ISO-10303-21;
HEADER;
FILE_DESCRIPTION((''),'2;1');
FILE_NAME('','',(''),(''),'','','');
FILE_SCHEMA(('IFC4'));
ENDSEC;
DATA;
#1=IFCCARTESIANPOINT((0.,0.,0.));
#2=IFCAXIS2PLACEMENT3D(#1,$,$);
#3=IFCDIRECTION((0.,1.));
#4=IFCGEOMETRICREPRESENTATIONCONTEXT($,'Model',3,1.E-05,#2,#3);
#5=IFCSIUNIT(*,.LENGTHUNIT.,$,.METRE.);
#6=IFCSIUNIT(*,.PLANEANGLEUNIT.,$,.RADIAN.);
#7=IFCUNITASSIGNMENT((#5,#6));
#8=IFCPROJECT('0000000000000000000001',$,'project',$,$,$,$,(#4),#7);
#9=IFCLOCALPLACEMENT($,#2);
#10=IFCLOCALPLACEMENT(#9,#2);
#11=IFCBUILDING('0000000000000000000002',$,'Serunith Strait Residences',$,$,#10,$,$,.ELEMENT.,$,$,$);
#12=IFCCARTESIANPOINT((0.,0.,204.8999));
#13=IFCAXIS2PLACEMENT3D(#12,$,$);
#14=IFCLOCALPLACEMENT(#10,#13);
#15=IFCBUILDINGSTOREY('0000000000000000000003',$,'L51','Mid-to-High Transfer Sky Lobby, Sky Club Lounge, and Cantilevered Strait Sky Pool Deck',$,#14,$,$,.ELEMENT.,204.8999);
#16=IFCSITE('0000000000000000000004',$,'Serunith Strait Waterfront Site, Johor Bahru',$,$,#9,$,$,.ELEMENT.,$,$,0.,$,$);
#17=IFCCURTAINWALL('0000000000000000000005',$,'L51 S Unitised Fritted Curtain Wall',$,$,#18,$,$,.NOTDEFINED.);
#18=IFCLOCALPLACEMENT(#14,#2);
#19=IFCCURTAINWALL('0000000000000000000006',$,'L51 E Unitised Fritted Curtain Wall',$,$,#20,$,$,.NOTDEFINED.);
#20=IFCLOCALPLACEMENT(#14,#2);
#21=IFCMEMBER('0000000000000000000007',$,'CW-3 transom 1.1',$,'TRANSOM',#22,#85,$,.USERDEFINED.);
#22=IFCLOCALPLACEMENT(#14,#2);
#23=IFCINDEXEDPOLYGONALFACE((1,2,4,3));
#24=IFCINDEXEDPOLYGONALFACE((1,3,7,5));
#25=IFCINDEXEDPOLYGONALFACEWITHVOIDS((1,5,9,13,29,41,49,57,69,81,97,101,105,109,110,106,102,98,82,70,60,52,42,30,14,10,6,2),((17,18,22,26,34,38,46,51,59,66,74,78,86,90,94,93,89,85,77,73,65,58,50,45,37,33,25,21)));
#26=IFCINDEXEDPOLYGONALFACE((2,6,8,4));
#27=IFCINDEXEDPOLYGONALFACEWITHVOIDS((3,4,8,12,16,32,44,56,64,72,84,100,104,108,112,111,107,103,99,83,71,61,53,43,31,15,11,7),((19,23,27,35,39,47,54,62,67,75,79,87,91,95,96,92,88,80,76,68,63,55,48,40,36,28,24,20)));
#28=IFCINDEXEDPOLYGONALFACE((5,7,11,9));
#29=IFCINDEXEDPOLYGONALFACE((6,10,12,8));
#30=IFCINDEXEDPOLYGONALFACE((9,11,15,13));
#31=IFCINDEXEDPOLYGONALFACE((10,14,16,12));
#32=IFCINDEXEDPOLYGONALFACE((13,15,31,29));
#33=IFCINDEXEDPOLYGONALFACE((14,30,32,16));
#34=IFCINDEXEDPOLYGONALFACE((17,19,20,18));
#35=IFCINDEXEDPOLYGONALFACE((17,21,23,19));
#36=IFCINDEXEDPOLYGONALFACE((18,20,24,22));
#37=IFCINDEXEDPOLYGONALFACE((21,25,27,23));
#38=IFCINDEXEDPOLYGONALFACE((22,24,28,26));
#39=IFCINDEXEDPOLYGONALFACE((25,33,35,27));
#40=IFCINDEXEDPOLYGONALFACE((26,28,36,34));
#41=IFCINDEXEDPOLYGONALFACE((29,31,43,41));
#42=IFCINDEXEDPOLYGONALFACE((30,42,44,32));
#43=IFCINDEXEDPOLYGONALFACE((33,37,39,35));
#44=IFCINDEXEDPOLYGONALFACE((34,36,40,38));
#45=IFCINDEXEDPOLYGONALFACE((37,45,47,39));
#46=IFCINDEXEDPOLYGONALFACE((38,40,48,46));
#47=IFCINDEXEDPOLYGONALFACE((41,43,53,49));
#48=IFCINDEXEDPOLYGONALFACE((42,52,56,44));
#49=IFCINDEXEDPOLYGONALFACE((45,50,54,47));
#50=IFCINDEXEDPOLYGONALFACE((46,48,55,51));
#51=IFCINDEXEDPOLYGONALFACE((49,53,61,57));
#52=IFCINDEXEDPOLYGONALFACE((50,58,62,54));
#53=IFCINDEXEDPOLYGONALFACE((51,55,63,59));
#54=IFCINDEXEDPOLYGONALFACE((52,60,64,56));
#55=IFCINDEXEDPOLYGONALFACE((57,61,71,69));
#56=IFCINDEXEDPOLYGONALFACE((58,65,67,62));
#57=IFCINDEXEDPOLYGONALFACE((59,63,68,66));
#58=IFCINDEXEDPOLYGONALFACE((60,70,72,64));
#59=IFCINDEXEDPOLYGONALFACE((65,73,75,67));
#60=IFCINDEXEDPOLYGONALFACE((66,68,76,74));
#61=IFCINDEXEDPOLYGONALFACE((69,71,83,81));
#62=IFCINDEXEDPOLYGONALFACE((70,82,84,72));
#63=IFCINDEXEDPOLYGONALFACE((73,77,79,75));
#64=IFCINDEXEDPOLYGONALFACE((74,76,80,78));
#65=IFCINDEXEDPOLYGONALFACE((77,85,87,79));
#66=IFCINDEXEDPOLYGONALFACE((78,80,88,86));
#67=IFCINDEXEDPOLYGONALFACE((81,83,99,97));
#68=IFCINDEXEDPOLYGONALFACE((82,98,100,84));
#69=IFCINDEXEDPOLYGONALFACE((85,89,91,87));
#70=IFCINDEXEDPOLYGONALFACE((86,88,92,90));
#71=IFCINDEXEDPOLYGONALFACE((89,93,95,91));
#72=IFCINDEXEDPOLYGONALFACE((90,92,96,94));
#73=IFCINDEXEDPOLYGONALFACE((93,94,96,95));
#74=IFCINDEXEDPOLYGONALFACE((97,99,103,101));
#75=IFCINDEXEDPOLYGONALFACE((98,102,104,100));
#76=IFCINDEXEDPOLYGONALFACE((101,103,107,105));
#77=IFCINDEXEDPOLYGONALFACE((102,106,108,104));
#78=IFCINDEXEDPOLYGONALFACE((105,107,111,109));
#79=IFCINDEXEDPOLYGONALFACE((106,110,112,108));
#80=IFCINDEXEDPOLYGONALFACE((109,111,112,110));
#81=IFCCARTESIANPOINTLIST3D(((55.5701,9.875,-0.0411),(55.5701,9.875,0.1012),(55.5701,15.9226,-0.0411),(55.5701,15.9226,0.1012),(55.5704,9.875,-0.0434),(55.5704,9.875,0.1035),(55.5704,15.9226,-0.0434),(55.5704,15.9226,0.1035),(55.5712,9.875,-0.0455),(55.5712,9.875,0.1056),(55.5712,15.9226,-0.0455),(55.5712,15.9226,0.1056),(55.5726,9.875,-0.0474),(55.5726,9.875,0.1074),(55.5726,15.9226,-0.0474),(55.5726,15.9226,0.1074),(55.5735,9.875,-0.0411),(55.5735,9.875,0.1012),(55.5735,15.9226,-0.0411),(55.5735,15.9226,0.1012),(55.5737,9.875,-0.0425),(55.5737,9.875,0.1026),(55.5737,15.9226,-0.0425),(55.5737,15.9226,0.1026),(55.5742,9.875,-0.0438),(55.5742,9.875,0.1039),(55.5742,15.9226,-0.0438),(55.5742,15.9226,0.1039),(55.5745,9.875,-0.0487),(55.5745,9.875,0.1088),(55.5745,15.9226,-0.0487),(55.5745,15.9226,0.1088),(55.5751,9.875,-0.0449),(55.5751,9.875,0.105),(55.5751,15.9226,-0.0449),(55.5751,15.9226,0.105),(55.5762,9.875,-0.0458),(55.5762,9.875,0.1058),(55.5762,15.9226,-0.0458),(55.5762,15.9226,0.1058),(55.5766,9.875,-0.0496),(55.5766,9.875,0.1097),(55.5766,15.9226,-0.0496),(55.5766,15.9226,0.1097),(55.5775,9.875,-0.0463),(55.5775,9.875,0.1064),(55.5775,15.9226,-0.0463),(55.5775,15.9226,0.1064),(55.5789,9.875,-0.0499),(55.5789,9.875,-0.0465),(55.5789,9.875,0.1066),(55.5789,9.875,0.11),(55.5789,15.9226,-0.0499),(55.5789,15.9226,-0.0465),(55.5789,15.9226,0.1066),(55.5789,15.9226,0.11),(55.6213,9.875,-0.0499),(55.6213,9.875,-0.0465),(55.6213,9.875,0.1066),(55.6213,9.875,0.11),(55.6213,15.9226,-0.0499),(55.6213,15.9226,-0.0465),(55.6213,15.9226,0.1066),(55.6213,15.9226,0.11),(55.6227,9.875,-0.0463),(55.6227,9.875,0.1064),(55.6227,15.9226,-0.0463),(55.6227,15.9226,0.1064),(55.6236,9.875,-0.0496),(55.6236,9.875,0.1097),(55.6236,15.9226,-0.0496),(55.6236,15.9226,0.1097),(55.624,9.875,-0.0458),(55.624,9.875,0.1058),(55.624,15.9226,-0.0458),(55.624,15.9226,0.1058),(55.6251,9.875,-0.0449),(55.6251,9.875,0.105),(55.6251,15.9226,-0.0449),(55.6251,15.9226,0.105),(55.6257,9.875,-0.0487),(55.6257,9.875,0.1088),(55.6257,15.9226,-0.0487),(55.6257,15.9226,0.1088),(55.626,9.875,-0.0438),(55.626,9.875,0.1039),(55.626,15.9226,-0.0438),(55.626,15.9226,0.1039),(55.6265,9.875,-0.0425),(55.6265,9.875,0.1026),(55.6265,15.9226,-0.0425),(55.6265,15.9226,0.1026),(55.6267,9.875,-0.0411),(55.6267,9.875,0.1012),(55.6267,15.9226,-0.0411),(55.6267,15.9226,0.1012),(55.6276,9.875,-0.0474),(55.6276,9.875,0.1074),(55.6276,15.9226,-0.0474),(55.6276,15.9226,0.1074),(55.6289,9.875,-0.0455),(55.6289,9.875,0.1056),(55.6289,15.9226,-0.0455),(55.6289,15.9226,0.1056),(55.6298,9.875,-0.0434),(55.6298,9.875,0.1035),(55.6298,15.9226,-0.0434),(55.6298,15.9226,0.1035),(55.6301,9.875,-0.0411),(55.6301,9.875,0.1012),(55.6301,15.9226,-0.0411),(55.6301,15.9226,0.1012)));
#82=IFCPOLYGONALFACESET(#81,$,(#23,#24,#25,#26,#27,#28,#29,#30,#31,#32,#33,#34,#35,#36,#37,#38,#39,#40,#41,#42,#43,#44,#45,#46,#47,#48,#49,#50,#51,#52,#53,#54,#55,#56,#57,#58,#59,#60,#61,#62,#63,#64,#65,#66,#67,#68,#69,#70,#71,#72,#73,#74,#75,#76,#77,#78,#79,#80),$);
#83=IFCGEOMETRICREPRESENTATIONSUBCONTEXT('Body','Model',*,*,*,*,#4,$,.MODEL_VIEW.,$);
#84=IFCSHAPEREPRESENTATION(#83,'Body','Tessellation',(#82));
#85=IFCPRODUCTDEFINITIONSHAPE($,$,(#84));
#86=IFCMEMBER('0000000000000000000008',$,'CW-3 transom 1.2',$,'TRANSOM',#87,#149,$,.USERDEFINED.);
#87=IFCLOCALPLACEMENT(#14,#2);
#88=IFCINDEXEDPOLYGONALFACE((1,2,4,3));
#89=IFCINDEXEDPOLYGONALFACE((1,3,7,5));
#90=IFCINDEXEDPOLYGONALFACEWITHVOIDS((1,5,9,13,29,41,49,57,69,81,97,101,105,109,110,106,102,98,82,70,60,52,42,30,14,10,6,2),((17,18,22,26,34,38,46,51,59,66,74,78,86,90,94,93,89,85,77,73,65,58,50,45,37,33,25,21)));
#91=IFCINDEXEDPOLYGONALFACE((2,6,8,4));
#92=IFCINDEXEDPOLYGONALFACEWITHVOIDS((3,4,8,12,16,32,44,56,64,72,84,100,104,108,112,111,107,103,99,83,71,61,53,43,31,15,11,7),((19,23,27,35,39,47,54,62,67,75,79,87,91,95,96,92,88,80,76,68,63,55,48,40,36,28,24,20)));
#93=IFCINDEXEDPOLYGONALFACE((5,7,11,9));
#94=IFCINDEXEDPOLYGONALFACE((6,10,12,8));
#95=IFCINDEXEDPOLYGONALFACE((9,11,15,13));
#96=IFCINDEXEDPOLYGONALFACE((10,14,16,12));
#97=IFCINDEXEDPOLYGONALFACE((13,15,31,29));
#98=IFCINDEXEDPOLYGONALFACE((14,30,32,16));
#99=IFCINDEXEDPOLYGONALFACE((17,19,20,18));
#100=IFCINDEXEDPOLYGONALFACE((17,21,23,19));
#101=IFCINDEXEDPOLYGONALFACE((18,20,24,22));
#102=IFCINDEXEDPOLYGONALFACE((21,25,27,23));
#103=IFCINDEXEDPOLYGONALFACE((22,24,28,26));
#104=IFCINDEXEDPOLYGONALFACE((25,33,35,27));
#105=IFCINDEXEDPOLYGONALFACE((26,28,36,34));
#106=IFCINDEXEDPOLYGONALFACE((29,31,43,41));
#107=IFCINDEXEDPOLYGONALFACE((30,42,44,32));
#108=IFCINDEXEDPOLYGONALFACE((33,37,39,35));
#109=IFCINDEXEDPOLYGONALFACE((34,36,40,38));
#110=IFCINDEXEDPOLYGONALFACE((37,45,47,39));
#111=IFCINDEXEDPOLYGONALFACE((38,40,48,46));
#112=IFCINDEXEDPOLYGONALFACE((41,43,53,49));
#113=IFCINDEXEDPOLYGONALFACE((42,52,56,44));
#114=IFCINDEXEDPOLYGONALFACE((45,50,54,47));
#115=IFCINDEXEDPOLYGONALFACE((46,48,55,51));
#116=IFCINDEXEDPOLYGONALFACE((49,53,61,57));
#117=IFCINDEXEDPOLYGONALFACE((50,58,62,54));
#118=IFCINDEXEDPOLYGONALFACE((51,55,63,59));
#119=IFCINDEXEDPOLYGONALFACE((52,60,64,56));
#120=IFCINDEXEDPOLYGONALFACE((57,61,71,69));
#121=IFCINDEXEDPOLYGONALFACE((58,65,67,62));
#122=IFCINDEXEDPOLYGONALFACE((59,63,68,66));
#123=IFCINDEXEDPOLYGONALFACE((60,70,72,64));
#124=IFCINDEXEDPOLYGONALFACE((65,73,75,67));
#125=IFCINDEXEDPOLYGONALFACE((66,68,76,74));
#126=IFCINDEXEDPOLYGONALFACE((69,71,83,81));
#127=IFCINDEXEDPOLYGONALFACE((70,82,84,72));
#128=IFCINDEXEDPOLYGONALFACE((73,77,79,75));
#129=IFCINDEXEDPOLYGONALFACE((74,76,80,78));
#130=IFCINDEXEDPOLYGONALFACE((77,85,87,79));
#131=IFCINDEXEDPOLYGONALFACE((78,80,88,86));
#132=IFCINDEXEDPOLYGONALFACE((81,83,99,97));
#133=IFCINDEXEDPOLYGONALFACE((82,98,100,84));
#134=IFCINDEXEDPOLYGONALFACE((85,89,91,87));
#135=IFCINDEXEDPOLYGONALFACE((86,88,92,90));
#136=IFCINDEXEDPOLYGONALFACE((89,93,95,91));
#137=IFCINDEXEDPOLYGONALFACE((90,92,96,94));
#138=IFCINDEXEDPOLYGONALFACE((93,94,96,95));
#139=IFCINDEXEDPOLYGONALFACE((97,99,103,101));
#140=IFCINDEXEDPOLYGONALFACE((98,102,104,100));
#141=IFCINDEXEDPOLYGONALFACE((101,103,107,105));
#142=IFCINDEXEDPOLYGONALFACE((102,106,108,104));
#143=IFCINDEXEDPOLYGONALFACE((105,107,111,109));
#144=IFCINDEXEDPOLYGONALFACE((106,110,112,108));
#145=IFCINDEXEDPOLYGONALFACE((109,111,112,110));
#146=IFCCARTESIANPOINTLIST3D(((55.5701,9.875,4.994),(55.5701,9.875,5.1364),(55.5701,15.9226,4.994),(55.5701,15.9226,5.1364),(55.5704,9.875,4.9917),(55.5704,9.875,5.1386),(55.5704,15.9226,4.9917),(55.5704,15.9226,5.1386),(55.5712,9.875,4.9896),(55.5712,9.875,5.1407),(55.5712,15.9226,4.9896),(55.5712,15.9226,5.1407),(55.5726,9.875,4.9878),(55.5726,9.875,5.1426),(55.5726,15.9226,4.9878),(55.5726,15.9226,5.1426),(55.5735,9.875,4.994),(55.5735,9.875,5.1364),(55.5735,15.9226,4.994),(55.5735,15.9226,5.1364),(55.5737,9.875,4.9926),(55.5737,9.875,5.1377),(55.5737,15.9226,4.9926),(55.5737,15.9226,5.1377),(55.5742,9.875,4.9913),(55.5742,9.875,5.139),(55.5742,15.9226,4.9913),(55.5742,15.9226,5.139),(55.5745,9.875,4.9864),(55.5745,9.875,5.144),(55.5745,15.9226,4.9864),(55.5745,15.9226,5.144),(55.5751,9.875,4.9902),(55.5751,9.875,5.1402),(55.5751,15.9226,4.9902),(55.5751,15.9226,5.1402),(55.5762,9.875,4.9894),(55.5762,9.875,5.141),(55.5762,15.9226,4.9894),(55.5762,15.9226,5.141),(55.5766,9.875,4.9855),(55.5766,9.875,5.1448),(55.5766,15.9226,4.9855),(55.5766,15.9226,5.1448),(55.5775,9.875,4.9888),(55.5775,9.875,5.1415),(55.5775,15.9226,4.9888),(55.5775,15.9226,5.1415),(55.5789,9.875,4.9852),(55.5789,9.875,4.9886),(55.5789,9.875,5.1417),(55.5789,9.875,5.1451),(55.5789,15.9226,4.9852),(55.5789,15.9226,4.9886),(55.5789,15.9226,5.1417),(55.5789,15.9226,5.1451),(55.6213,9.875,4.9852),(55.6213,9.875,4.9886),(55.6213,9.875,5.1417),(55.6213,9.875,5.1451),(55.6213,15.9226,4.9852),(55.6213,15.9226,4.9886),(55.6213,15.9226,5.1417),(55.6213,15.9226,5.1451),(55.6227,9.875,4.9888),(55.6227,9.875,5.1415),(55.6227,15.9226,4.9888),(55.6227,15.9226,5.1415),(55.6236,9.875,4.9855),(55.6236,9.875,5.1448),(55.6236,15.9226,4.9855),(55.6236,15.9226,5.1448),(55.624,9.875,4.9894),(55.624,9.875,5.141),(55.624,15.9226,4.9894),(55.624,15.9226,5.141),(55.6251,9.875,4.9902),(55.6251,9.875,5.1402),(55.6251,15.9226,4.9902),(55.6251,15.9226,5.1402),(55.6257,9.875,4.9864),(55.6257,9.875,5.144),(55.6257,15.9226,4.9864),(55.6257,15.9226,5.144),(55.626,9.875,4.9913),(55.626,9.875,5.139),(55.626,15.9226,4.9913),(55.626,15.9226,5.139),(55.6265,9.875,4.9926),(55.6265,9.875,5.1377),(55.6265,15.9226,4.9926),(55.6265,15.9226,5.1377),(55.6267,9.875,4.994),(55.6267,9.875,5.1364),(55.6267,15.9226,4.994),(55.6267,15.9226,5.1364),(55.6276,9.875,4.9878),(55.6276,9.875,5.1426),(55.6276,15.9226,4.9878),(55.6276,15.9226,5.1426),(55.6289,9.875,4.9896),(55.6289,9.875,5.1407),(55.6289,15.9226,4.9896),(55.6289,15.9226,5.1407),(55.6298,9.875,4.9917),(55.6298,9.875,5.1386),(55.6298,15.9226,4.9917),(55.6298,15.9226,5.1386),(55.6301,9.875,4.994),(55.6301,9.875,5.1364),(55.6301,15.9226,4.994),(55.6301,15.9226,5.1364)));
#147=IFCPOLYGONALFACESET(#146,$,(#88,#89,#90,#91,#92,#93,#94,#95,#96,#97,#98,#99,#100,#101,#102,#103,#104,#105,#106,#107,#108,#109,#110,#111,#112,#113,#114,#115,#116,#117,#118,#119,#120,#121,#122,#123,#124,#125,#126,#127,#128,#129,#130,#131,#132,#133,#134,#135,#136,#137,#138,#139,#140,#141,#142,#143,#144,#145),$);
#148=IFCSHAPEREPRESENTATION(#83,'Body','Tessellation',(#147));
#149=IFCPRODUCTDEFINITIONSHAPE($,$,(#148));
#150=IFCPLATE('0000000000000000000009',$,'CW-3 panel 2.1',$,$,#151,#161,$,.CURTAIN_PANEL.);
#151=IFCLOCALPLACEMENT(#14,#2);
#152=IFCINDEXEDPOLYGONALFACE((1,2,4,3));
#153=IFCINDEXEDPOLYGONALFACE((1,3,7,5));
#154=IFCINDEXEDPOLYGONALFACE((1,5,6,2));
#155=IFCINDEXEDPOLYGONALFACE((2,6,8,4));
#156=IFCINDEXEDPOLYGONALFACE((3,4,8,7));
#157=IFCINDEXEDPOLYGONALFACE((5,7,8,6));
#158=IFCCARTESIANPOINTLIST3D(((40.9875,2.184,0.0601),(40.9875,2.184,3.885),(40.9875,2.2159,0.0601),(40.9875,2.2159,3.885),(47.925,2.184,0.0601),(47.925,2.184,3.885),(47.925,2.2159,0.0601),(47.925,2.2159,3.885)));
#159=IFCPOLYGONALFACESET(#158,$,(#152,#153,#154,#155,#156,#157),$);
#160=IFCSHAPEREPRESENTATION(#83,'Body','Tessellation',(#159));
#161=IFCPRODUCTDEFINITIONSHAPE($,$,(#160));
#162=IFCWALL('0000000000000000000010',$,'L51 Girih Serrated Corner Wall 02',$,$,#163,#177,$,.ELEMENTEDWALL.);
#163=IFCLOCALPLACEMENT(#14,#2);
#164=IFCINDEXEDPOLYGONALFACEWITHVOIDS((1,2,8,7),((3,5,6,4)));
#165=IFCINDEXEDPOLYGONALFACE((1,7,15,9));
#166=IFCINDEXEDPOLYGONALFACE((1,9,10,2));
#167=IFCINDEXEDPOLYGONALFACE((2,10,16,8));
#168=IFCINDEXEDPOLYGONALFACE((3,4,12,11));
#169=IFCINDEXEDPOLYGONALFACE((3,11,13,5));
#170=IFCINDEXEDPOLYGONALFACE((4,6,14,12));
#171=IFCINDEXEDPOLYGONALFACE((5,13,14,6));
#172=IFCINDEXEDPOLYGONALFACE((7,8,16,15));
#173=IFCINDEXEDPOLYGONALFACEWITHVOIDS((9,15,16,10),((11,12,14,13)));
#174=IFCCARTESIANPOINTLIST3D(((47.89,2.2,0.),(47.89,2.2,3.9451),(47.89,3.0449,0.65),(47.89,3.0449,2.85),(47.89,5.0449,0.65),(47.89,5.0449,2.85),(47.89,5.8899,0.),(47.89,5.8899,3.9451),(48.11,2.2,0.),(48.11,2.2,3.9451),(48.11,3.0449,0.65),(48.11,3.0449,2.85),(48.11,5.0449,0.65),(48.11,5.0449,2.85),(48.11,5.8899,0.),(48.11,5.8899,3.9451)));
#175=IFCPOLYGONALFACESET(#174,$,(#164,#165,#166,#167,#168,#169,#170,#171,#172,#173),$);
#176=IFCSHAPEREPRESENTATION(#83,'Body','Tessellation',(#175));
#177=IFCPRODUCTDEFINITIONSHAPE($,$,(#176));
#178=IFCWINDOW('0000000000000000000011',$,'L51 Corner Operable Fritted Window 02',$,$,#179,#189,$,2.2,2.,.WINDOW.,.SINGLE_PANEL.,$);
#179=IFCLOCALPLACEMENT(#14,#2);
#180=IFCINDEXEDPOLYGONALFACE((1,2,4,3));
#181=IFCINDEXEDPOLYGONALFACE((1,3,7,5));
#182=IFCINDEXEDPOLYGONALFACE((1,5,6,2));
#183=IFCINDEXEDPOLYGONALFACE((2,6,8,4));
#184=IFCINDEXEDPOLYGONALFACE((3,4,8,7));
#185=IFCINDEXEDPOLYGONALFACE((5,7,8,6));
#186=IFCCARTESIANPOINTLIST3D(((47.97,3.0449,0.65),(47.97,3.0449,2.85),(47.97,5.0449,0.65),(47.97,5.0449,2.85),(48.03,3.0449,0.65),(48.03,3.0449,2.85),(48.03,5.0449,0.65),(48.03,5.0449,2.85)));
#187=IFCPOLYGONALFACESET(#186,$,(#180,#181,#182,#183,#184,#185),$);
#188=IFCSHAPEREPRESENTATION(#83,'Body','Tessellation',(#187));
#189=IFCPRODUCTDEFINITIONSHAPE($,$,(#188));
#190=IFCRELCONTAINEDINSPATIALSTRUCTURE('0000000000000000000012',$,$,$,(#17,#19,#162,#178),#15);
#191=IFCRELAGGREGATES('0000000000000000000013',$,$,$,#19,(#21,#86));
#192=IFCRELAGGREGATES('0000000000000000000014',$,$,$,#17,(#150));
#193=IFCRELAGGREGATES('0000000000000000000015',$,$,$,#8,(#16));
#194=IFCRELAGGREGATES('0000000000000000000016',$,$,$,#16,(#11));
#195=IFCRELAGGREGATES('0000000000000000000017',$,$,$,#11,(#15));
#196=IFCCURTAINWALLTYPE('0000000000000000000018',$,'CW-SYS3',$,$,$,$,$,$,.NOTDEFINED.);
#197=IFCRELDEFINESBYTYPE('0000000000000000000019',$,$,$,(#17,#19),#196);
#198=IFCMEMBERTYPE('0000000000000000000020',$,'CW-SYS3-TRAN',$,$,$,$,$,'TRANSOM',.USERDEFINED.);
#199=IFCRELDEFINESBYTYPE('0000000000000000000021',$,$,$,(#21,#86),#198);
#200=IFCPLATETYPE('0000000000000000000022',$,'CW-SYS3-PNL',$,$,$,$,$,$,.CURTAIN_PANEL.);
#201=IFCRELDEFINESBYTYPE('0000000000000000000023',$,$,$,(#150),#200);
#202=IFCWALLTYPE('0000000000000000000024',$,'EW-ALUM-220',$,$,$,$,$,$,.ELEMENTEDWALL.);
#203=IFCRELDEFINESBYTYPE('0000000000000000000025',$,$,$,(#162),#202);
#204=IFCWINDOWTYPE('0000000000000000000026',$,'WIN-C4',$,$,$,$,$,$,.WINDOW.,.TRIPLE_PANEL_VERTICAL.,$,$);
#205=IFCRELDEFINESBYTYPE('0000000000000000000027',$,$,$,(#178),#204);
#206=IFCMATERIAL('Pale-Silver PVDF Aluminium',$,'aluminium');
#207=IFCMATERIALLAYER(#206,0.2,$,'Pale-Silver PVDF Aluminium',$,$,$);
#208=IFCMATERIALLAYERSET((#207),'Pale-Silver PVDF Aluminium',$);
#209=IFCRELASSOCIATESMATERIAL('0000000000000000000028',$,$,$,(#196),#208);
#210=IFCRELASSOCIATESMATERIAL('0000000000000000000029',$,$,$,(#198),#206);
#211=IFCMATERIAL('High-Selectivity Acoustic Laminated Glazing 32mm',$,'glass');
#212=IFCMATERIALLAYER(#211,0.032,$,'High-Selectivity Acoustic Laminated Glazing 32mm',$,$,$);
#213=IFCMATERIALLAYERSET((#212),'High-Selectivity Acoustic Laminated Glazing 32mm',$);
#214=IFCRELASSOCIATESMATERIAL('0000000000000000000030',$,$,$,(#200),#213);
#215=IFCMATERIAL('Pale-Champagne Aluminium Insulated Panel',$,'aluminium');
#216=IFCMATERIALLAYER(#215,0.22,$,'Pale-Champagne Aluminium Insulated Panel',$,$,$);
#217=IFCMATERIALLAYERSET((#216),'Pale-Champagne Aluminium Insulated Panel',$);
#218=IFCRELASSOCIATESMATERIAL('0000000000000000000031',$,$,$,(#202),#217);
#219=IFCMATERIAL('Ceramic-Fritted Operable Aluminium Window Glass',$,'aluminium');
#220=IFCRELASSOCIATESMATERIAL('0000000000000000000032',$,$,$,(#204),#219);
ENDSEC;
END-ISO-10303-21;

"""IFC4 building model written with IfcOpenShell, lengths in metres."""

from ifc_helpers import new_model, si_unit, direction, frame, frame_2d, origin, origin_2d, place, context, subcontext, project, spatial, rectangle, hollow_rectangle, extrude, source, transform, mapped, material, layer, layer_set, material_profile, profile_set, type_object, element, fill, aggregate, save


model = new_model("IFC4")

# Units and contexts
model_context = context("Model", 3, precision=1e-05, world=origin(), true_north=direction((0.0, 1.0)))
body_context = subcontext(model_context, "Body", "Model", "MODEL_VIEW")
ifc_project = project(units=[si_unit("LENGTHUNIT", "METRE"), si_unit("PLANEANGLEUNIT", "RADIAN")], contexts=[model_context])

# Site, building, storey
site_placement = place(None, origin())
site = spatial("IfcSite", under=ifc_project, at=site_placement, Name="Serunith Strait Waterfront Site, Johor Bahru", CompositionType="ELEMENT", RefElevation=0.0)
building_placement = place(site_placement, origin())
building = spatial("IfcBuilding", under=site, at=building_placement, Name="Serunith Strait Residences", CompositionType="ELEMENT")
storey_placement = place(building_placement, frame((0.0, 0.0, 204.8999)))
storey = spatial("IfcBuildingStorey", under=building, at=storey_placement, Name="L51", Description="Mid-to-High Transfer Sky Lobby, Sky Club Lounge, and Cantilevered Strait Sky Pool Deck", CompositionType="ELEMENT", Elevation=204.8999)

# Curtain wall
ifc_material_1 = material(Name="Pale-Silver PVDF Aluminium", Category="aluminium")
ifc_layer_1 = layer(ifc_material_1, 0.2, Name="Pale-Silver PVDF Aluminium")
ifc_layer_set_1 = layer_set([ifc_layer_1], Name="Pale-Silver PVDF Aluminium")
curtain_wall_type = type_object("IfcCurtainWallType", Name="CW-SYS3", PredefinedType="NOTDEFINED", material=ifc_layer_set_1)
curtain_wall_1_placement = place(storey_placement, origin())
curtain_wall_1 = element("IfcCurtainWall", 1, at=curtain_wall_1_placement, inside=storey, type_object=curtain_wall_type, Name="L51 S Unitised Fritted Curtain Wall", PredefinedType="NOTDEFINED")

# Curtain wall, members
curtain_wall_2_placement = place(storey_placement, origin())
curtain_wall_2 = element("IfcCurtainWall", 2, at=curtain_wall_2_placement, inside=storey, type_object=curtain_wall_type, Name="L51 E Unitised Fritted Curtain Wall", PredefinedType="NOTDEFINED")
ifc_material_profile_1 = material_profile(ifc_material_1, hollow_rectangle(XDim=0.0601, YDim=0.1599, WallThickness=0.0034, InnerFilletRadius=0.0054, OuterFilletRadius=0.0088, at=origin_2d()), Name="ALU 160x60x3.5")
ifc_profile_set_1 = profile_set([ifc_material_profile_1], Name="Pale-Silver PVDF Aluminium")
member_type_1 = type_object("IfcMemberType", Name="CW-SYS3-TRAN", ElementType="TRANSOM", PredefinedType="USERDEFINED", material=ifc_profile_set_1)
shared_shape_1 = source(origin(), body_context, "Body", "SweptSolid", [
    extrude(hollow_rectangle(XDim=0.0601, YDim=0.1599, WallThickness=0.0034, InnerFilletRadius=0.0054, OuterFilletRadius=0.0088, at=origin_2d()), origin(), (0.0, 0.0, 1.0), 6.0476),
])
member_1_placement = place(storey_placement, frame((55.6001, 9.875, 0.03), z_axis=(0.0, 1.0, 0.0), x_axis=(-1.0, 0.0, 0.0)))
member_1 = element("IfcMember", 3, at=member_1_placement, type_object=member_type_1, Name="CW-3 transom 1.1", ObjectType="TRANSOM", PredefinedType="USERDEFINED", context=body_context, shape_type="MappedRepresentation", body=[
    mapped(shared_shape_1, transform((0.0, 0.0, 0.0), scale=1.0)),
])
member_2_placement = place(storey_placement, frame((55.6001, 9.875, 5.0652), z_axis=(0.0, 1.0, 0.0), x_axis=(-1.0, 0.0, 0.0)))
member_2 = element("IfcMember", 4, at=member_2_placement, type_object=member_type_1, Name="CW-3 transom 1.2", ObjectType="TRANSOM", PredefinedType="USERDEFINED", context=body_context, shape_type="MappedRepresentation", body=[
    mapped(shared_shape_1, transform((0.0, 0.0, 0.0), scale=1.0)),
])
aggregate(curtain_wall_2, [member_1, member_2])

# Plate
ifc_material_2 = material(Name="High-Selectivity Acoustic Laminated Glazing 32mm", Category="glass")
ifc_layer_2 = layer(ifc_material_2, 0.032, Name="High-Selectivity Acoustic Laminated Glazing 32mm")
ifc_layer_set_2 = layer_set([ifc_layer_2], Name="High-Selectivity Acoustic Laminated Glazing 32mm")
plate_type = type_object("IfcPlateType", Name="CW-SYS3-PNL", PredefinedType="CURTAIN_PANEL", material=ifc_layer_set_2)
shared_shape_2 = source(origin(), body_context, "Body", "SweptSolid", [
    extrude(rectangle(XDim=6.9375, YDim=0.032, at=origin_2d()), origin(), (0.0, 0.0, 1.0), 3.825),
])
plate_placement = place(storey_placement, frame((44.4563, 2.2, 0.0601), z_axis=(0.0, 0.0, 1.0), x_axis=(1.0, 0.0, 0.0)))
plate = element("IfcPlate", 5, at=plate_placement, type_object=plate_type, Name="CW-3 panel 2.1", PredefinedType="CURTAIN_PANEL", context=body_context, shape_type="MappedRepresentation", body=[
    mapped(shared_shape_2, transform((0.0, 0.0, 0.0), scale=1.0)),
])
aggregate(curtain_wall_1, [plate])

# Wall, opening, window
ifc_material_3 = material(Name="Pale-Champagne Aluminium Insulated Panel", Category="aluminium")
ifc_layer_3 = layer(ifc_material_3, 0.22, Name="Pale-Champagne Aluminium Insulated Panel")
ifc_layer_set_3 = layer_set([ifc_layer_3], Name="Pale-Champagne Aluminium Insulated Panel")
wall_type = type_object("IfcWallType", Name="EW-ALUM-220", PredefinedType="ELEMENTEDWALL", material=ifc_layer_set_3)
wall_1_placement = place(storey_placement, frame((48.0, 2.2, 0.0), z_axis=(0.0, 0.0, 1.0), x_axis=(0.0, 1.0, 0.0)))
wall_1 = element("IfcWall", 6, at=wall_1_placement, inside=storey, type_object=wall_type, Name="L51 Girih Serrated Corner Wall 02", PredefinedType="ELEMENTEDWALL", context=body_context, shape_type="SweptSolid", body=[
    extrude(rectangle(XDim=3.6899, YDim=0.22, at=frame_2d((1.845, 0.0))), origin(), (0.0, 0.0, 1.0), 3.9451),
])
opening_1_placement = place(wall_1_placement, frame((0.845, 0.0, 0.6499)))
opening_1 = element("IfcOpeningElement", 7, at=opening_1_placement, cuts=wall_1, PredefinedType="OPENING", context=body_context, shape_type="SweptSolid", body=[
    extrude(rectangle(XDim=2.0, YDim=2.2, at=frame_2d((1.0, 1.1001))), frame((0.0, 0.1201, 0.0), z_axis=(0.0, -1.0, 0.0), x_axis=(1.0, 0.0, 0.0)), (0.0, 0.0, 1.0), 0.24),
])
ifc_material_4 = material(Name="Ceramic-Fritted Operable Aluminium Window Glass", Category="aluminium")
window_type = type_object("IfcWindowType", Name="WIN-C4", PartitioningType="TRIPLE_PANEL_VERTICAL", PredefinedType="WINDOW", material=ifc_material_4)
shared_shape_3 = source(origin(), body_context, "Body", "SweptSolid", [
    extrude(rectangle(XDim=2.0, YDim=2.2, at=frame_2d((1.0, 1.1001))), frame((0.0, 0.03, 0.0), z_axis=(0.0, -1.0, 0.0), x_axis=(1.0, 0.0, 0.0)), (0.0, 0.0, 1.0), 0.0601),
])
window_1_placement = place(opening_1_placement, origin())
window_1 = element("IfcWindow", 8, at=window_1_placement, inside=storey, type_object=window_type, Name="L51 Corner Operable Fritted Window 02", OverallHeight=2.2, OverallWidth=2.0, PartitioningType="SINGLE_PANEL", PredefinedType="WINDOW", context=body_context, shape_type="MappedRepresentation", body=[
    mapped(shared_shape_3, transform((0.0, 0.0, 0.0), scale=1.0)),
])
fill(opening_1, window_1)

save(model, "model.ifc")
